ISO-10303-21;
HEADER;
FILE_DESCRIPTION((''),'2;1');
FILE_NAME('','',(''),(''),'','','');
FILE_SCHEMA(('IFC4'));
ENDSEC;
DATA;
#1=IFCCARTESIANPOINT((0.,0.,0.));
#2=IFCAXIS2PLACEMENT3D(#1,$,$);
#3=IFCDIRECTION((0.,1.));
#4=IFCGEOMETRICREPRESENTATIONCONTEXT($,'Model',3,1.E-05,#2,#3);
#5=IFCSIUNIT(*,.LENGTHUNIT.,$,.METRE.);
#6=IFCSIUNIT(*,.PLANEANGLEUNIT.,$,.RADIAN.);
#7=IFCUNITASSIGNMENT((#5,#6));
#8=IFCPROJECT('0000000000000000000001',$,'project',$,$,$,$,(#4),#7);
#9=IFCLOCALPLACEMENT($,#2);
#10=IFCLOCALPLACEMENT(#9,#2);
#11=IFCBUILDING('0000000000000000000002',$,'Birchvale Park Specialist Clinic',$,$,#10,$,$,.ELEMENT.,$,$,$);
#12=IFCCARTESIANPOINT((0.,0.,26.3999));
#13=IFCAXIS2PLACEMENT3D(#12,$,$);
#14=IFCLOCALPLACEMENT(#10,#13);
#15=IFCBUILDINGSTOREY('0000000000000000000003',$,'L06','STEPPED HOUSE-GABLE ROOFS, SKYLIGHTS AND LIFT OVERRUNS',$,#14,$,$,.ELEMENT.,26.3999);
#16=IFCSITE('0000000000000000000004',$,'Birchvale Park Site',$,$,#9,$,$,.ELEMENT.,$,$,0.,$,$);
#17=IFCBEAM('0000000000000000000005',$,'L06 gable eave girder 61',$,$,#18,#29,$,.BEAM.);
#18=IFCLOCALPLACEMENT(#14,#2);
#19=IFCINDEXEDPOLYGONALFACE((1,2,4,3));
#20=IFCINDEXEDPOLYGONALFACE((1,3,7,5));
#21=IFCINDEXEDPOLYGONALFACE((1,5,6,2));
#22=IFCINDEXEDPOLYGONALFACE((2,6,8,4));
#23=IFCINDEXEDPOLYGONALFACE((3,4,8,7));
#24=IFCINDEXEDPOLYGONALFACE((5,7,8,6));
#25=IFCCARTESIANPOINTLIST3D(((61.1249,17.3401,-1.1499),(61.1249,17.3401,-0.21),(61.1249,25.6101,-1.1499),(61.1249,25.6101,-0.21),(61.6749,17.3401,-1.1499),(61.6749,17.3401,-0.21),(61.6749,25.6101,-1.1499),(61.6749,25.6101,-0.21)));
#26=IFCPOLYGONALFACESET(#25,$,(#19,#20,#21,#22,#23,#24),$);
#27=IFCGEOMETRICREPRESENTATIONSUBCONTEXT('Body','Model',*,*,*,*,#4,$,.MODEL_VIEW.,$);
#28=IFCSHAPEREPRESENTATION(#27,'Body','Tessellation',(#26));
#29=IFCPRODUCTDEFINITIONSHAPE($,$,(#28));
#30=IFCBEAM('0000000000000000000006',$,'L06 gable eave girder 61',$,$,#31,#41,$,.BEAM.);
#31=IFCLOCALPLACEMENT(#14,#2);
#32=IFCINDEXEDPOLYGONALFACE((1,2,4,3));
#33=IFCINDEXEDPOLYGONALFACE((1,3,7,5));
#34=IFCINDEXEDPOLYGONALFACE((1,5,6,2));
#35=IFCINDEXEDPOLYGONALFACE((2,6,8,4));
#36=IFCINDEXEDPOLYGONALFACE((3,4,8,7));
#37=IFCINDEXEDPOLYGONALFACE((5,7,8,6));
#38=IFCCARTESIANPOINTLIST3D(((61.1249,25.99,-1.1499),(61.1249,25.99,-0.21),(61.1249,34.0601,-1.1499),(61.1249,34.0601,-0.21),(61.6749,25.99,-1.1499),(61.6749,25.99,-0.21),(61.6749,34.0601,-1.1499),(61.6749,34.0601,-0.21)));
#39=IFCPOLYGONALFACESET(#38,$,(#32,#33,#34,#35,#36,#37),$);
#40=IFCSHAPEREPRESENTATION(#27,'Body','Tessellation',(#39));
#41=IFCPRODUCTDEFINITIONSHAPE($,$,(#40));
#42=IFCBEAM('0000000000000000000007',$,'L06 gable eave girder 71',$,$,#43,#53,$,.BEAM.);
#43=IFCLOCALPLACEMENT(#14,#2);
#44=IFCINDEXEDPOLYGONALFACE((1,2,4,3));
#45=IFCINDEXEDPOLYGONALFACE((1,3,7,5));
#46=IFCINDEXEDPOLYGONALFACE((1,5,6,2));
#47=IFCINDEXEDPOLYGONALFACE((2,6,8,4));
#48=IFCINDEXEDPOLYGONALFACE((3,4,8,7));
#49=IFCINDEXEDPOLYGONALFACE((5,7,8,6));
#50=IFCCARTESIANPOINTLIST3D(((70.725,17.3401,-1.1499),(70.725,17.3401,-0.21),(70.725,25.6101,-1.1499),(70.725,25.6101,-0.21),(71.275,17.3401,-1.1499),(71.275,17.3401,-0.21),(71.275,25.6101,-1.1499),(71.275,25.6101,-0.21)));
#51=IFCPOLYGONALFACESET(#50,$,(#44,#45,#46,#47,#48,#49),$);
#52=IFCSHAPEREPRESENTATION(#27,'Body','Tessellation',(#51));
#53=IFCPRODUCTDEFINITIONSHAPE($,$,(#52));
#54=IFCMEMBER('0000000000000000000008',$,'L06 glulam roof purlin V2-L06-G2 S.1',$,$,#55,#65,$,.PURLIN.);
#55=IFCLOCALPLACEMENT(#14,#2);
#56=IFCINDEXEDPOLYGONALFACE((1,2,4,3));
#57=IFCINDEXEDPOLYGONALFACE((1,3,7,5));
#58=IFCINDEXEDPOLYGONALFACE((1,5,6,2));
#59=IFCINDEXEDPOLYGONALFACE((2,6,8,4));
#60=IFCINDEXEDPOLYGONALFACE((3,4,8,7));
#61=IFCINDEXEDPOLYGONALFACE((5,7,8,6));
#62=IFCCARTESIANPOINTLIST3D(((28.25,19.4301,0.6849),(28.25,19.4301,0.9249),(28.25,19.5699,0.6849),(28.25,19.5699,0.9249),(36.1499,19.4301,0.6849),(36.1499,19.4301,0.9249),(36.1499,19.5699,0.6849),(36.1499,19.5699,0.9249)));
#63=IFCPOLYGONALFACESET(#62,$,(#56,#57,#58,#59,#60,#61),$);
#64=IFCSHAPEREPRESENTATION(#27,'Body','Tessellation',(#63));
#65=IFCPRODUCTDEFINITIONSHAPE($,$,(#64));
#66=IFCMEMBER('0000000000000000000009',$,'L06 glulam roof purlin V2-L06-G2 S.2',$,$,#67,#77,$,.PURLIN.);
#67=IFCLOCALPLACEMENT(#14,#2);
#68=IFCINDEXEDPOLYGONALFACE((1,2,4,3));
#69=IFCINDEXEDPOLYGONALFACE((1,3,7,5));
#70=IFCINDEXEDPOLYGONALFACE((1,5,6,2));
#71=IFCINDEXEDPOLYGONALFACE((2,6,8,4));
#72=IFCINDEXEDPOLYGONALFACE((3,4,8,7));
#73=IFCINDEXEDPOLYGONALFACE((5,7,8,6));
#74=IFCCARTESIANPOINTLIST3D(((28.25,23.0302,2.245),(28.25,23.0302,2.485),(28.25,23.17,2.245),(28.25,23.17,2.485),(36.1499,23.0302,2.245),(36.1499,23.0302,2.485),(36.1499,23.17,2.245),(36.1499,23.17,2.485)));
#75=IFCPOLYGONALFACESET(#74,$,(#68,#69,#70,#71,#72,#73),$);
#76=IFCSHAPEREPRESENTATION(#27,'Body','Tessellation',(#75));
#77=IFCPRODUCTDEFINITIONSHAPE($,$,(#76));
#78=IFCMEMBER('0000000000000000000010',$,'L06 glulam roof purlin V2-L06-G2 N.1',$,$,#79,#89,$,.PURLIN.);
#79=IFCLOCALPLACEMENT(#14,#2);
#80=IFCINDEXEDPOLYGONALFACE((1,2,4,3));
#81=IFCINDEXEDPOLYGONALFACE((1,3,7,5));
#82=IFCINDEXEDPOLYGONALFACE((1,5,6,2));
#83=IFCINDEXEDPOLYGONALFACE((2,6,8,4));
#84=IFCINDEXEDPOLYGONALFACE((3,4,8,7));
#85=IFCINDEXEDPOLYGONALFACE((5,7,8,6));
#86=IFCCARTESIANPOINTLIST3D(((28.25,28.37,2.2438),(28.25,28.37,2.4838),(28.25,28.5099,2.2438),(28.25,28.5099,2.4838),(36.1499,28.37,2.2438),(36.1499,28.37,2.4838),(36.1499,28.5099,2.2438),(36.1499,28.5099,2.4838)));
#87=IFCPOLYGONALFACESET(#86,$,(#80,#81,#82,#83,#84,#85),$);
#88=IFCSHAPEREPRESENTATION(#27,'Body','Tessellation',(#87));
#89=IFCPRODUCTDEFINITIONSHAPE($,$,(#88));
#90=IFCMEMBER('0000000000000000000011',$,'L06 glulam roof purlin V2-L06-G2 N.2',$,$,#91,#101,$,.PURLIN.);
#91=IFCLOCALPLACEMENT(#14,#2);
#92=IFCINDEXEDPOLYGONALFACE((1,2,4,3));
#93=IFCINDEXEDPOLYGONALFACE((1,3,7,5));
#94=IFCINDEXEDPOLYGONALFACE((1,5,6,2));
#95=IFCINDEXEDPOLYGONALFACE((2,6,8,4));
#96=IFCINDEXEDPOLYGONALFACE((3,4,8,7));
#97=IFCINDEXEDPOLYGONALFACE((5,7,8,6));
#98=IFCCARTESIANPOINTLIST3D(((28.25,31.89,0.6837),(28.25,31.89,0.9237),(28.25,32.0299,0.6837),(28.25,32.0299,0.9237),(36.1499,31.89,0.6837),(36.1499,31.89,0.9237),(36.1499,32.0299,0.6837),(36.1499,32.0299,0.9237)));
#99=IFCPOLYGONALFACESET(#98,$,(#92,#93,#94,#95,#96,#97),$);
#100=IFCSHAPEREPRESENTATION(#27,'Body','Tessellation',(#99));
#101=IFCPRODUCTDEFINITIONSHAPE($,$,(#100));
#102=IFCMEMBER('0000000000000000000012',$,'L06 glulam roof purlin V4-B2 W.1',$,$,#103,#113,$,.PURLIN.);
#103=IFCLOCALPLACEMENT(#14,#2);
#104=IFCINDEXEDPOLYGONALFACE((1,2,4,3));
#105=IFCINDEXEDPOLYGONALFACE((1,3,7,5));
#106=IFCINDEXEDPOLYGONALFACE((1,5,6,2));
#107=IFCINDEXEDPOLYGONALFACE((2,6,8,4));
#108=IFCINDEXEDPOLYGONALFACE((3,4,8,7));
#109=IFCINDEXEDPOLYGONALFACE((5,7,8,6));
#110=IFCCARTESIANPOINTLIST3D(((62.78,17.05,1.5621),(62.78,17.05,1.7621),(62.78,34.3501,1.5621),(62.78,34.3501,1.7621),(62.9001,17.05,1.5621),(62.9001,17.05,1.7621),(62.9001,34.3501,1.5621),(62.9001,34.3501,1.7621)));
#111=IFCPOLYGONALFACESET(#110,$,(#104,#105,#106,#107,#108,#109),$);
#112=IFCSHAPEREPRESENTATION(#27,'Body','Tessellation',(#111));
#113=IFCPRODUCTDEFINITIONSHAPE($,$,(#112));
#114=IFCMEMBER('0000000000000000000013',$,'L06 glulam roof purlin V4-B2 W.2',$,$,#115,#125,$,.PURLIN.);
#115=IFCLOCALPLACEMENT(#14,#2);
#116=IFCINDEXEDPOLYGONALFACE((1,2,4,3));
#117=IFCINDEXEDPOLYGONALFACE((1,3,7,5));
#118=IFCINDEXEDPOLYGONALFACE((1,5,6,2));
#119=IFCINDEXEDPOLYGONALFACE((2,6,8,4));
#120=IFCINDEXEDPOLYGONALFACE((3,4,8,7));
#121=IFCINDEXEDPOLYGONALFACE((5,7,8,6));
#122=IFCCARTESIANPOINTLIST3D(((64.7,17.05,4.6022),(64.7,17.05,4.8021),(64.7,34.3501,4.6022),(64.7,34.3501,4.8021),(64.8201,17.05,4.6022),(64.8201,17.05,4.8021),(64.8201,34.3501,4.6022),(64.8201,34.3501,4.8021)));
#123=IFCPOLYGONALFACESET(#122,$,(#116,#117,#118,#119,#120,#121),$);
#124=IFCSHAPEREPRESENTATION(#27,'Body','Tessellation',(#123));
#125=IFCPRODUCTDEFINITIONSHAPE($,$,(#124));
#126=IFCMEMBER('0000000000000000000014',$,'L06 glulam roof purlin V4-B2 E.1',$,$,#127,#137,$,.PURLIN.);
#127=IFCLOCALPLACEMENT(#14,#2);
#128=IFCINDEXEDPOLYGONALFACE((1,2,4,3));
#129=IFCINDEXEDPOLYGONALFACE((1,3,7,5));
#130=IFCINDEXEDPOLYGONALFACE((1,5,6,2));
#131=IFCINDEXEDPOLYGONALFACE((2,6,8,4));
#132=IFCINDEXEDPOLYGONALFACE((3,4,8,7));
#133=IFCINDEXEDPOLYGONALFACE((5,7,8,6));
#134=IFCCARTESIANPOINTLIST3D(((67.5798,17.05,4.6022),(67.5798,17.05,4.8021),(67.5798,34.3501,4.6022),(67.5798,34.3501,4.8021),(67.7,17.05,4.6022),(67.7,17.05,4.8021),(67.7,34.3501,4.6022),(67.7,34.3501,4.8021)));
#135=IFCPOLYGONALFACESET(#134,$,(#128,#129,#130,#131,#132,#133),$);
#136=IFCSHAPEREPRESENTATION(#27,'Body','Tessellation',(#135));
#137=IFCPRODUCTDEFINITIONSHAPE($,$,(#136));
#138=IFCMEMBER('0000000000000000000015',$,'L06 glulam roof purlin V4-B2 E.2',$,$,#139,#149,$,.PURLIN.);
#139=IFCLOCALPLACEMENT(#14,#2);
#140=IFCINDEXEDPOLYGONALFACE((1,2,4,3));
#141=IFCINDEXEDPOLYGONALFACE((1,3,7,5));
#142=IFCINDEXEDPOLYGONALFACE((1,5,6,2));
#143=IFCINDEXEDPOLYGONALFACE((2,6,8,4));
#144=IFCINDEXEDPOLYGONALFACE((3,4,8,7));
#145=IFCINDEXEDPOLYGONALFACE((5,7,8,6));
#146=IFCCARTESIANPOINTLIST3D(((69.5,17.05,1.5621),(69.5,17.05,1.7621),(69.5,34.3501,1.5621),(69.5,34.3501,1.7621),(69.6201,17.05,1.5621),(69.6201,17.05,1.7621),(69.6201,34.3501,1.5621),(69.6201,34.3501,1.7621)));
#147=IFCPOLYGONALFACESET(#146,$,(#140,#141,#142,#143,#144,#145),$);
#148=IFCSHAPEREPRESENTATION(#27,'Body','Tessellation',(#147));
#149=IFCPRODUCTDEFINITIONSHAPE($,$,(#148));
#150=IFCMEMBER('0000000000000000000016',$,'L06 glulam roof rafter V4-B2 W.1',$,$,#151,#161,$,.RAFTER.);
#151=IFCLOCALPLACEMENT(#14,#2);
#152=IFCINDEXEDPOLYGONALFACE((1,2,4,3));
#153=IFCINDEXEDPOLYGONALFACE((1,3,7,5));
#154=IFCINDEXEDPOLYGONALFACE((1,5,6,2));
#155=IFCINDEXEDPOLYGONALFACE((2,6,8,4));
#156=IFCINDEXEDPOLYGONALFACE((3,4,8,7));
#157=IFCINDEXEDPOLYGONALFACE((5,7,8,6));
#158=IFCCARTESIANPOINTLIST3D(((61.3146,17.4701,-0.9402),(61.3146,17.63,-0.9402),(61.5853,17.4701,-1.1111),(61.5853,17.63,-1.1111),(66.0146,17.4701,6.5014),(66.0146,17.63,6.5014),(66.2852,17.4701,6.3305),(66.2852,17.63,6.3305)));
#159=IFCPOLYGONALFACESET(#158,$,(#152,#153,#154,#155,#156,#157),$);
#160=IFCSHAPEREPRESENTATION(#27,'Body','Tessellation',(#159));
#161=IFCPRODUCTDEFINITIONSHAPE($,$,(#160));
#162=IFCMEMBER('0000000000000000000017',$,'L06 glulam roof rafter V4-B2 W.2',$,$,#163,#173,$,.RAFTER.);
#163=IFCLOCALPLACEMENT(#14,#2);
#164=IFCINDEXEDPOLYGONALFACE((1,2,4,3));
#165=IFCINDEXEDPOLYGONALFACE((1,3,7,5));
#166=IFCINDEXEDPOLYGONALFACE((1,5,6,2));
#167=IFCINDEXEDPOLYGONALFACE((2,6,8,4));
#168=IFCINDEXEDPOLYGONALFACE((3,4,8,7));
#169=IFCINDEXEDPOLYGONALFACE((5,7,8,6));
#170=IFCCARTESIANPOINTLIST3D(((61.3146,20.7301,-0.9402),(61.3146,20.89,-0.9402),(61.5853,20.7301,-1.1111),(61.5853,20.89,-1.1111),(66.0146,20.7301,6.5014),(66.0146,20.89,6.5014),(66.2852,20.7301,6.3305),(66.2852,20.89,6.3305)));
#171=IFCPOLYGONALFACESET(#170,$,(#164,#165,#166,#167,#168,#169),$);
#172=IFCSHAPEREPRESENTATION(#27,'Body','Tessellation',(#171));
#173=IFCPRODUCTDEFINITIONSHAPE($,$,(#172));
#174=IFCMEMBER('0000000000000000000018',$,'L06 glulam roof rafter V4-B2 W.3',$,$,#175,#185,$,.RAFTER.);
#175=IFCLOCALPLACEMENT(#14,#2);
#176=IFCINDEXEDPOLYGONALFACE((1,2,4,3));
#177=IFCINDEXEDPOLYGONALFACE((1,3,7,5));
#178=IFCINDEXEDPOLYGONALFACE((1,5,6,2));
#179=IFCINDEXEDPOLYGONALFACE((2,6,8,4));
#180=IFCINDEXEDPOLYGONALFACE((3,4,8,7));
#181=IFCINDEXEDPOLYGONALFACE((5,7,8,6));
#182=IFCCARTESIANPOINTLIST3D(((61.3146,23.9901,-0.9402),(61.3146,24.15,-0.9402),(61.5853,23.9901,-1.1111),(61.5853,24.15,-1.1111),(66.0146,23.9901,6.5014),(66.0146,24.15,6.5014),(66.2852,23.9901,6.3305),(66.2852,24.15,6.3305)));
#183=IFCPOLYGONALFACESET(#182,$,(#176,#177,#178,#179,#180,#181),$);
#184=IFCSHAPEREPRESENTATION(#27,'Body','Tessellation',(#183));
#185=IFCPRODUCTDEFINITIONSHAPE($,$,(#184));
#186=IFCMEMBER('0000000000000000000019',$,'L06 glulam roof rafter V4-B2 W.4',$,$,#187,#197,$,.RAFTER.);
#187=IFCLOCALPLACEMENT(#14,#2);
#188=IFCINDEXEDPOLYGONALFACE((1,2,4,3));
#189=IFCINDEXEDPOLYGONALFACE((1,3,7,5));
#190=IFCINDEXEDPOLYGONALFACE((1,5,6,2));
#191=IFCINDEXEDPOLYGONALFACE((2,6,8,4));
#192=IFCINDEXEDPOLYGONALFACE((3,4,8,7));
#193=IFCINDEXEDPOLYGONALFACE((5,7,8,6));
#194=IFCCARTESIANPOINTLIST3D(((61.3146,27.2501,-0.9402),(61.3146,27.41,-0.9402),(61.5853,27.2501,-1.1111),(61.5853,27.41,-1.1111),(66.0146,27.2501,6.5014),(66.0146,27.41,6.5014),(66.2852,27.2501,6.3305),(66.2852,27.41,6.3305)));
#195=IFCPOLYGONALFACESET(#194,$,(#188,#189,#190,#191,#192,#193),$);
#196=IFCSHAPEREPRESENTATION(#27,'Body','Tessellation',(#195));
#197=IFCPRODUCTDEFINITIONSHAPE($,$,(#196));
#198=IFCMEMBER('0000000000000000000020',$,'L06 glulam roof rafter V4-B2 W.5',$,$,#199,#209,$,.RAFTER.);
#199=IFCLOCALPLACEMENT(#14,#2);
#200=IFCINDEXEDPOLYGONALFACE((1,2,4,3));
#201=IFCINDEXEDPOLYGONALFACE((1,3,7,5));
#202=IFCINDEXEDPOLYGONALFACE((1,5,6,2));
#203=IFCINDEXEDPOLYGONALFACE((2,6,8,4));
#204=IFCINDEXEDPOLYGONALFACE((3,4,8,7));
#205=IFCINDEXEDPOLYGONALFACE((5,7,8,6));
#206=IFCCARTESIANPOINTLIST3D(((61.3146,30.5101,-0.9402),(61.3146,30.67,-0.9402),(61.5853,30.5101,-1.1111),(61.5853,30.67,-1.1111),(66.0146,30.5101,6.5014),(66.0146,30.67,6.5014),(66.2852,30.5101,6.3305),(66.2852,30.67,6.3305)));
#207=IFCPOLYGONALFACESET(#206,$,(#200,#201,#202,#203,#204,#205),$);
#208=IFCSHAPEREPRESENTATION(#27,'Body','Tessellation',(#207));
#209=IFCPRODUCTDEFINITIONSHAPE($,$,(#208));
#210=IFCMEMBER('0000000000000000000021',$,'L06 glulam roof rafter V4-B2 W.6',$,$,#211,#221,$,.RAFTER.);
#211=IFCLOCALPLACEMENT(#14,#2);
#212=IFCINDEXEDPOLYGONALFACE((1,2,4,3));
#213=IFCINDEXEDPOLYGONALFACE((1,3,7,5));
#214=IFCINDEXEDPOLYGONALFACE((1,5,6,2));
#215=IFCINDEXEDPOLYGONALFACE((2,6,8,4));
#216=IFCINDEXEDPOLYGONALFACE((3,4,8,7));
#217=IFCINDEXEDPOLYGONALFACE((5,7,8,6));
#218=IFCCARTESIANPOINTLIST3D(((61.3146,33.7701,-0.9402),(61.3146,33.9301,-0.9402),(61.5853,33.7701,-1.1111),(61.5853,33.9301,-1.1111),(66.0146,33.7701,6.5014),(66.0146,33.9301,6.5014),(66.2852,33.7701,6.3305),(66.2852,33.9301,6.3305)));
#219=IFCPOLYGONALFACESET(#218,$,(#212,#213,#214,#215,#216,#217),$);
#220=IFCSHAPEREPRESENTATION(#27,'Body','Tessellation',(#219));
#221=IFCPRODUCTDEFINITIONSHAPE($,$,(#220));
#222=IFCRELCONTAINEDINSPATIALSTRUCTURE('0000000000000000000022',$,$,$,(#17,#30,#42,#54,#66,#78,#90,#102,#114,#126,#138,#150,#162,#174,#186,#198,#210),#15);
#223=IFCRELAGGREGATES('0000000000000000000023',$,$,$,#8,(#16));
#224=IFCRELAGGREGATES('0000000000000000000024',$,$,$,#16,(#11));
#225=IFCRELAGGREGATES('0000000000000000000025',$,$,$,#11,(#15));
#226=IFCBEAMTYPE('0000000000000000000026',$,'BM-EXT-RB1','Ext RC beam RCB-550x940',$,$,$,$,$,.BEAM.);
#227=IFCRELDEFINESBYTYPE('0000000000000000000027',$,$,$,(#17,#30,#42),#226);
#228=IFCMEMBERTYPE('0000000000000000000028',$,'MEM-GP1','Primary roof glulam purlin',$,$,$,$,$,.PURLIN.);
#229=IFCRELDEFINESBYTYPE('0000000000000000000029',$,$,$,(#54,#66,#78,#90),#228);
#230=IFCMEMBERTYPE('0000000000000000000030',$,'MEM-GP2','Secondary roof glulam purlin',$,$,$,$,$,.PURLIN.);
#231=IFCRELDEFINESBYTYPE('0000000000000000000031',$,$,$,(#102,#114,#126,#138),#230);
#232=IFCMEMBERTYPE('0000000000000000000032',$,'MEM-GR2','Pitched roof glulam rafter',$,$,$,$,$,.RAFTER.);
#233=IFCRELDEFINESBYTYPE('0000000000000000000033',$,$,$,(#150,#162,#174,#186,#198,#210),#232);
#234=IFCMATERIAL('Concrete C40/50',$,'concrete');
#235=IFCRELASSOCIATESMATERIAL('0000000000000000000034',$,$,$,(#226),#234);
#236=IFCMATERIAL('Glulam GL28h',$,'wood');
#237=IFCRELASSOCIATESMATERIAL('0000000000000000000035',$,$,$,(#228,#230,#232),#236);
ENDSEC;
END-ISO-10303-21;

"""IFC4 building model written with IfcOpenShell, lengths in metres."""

from ifc_helpers import new_model, si_unit, direction, frame, origin, origin_2d, place, context, subcontext, project, spatial, rectangle, extrude, material, material_profile, profile_set, type_object, element, save


model = new_model("IFC4")

# Units and contexts
model_context = context("Model", 3, precision=1e-05, world=origin(), true_north=direction((0.0, 1.0)))
body_context = subcontext(model_context, "Body", "Model", "MODEL_VIEW")
ifc_project = project(units=[si_unit("LENGTHUNIT", "METRE"), si_unit("PLANEANGLEUNIT", "RADIAN")], contexts=[model_context])

# Site, building, storey
site_placement = place(None, origin())
site = spatial("IfcSite", under=ifc_project, at=site_placement, Name="Birchvale Park Site", CompositionType="ELEMENT", RefElevation=0.0)
building_placement = place(site_placement, origin())
building = spatial("IfcBuilding", under=site, at=building_placement, Name="Birchvale Park Specialist Clinic", CompositionType="ELEMENT")
storey_placement = place(building_placement, frame((0.0, 0.0, 26.3999)))
storey = spatial("IfcBuildingStorey", under=building, at=storey_placement, Name="L06", Description="STEPPED HOUSE-GABLE ROOFS, SKYLIGHTS AND LIFT OVERRUNS", CompositionType="ELEMENT", Elevation=26.3999)

# Beams
ifc_material_1 = material(Name="Concrete C40/50", Category="concrete")
ifc_material_profile_1 = material_profile(ifc_material_1, rectangle(XDim=0.55, YDim=0.9399, at=origin_2d()), Name="RCB-550x940")
ifc_profile_set_1 = profile_set([ifc_material_profile_1], Name="Concrete C40/50")
beam_type_1 = type_object("IfcBeamType", Name="BM-EXT-RB1", Description="Ext RC beam RCB-550x940", PredefinedType="BEAM", material=ifc_profile_set_1)
beam_1_placement = place(storey_placement, frame((61.3999, 17.3401, -0.6799), z_axis=(0.0, 1.0, 0.0), x_axis=(-1.0, 0.0, 0.0)))
element("IfcBeam", 1, at=beam_1_placement, inside=storey, type_object=beam_type_1, Name="L06 gable eave girder 61", PredefinedType="BEAM", context=body_context, shape_type="SweptSolid", body=[
    extrude(rectangle(XDim=0.55, YDim=0.9399, at=origin_2d()), origin(), (0.0, 0.0, 1.0), 8.27),
])
beam_2_placement = place(storey_placement, frame((61.3999, 25.99, -0.6799), z_axis=(0.0, 1.0, 0.0), x_axis=(-1.0, 0.0, 0.0)))
element("IfcBeam", 2, at=beam_2_placement, inside=storey, type_object=beam_type_1, Name="L06 gable eave girder 61", PredefinedType="BEAM", context=body_context, shape_type="SweptSolid", body=[
    extrude(rectangle(XDim=0.55, YDim=0.9399, at=origin_2d()), origin(), (0.0, 0.0, 1.0), 8.0701),
])
beam_3_placement = place(storey_placement, frame((71.0, 17.3401, -0.6799), z_axis=(0.0, 1.0, 0.0), x_axis=(-1.0, 0.0, 0.0)))
element("IfcBeam", 3, at=beam_3_placement, inside=storey, type_object=beam_type_1, Name="L06 gable eave girder 71", PredefinedType="BEAM", context=body_context, shape_type="SweptSolid", body=[
    extrude(rectangle(XDim=0.55, YDim=0.9399, at=origin_2d()), origin(), (0.0, 0.0, 1.0), 8.27),
])

# Members
ifc_material_2 = material(Name="Glulam GL28h", Category="wood")
ifc_material_profile_2 = material_profile(ifc_material_2, rectangle(XDim=0.1399, YDim=0.24, at=origin_2d()), Name="GL-140x240")
ifc_profile_set_2 = profile_set([ifc_material_profile_2], Name="Glulam GL28h")
member_type_1 = type_object("IfcMemberType", Name="MEM-GP1", Description="Primary roof glulam purlin", PredefinedType="PURLIN", material=ifc_profile_set_2)
for number, where, z_axis, x_axis, name in (
    (4, (28.25, 19.5, 0.8049), (1.0, 0.0, 0.0), (0.0, 1.0, 0.0), "L06 glulam roof purlin V2-L06-G2 S.1"),
    (5, (28.25, 23.1001, 2.365), (1.0, 0.0, 0.0), (0.0, 1.0, 0.0), "L06 glulam roof purlin V2-L06-G2 S.2"),
    (6, (28.25, 28.4399, 2.3638), (1.0, 0.0, 0.0), (0.0, 1.0, 0.0), "L06 glulam roof purlin V2-L06-G2 N.1"),
    (7, (28.25, 31.96, 0.8037), (1.0, 0.0, 0.0), (0.0, 1.0, 0.0), "L06 glulam roof purlin V2-L06-G2 N.2"),
):
    element("IfcMember", number, at=place(storey_placement, frame(where, z_axis=z_axis, x_axis=x_axis)), inside=storey, type_object=member_type_1, Name=name, PredefinedType="PURLIN", context=body_context, shape_type="SweptSolid", body=[
        extrude(rectangle(XDim=0.1399, YDim=0.24, at=origin_2d()), origin(), (0.0, 0.0, 1.0), 7.8999),
    ])
ifc_material_profile_3 = material_profile(ifc_material_2, rectangle(XDim=0.1201, YDim=0.2, at=origin_2d()), Name="GL-120x200")
ifc_profile_set_3 = profile_set([ifc_material_profile_3], Name="Glulam GL28h")
member_type_2 = type_object("IfcMemberType", Name="MEM-GP2", Description="Secondary roof glulam purlin", PredefinedType="PURLIN", material=ifc_profile_set_3)
for number, where, z_axis, x_axis, name in (
    (8, (62.8401, 17.05, 1.6621), (0.0, 1.0, 0.0), (-1.0, 0.0, 0.0), "L06 glulam roof purlin V4-B2 W.1"),
    (9, (64.76, 17.05, 4.7021), (0.0, 1.0, 0.0), (-1.0, 0.0, 0.0), "L06 glulam roof purlin V4-B2 W.2"),
    (10, (67.6399, 17.05, 4.7021), (0.0, 1.0, 0.0), (-1.0, 0.0, 0.0), "L06 glulam roof purlin V4-B2 E.1"),
    (11, (69.5601, 17.05, 1.6621), (0.0, 1.0, 0.0), (-1.0, 0.0, 0.0), "L06 glulam roof purlin V4-B2 E.2"),
):
    element("IfcMember", number, at=place(storey_placement, frame(where, z_axis=z_axis, x_axis=x_axis)), inside=storey, type_object=member_type_2, Name=name, PredefinedType="PURLIN", context=body_context, shape_type="SweptSolid", body=[
        extrude(rectangle(XDim=0.1201, YDim=0.2, at=origin_2d()), origin(), (0.0, 0.0, 1.0), 17.3),
    ])
ifc_material_profile_4 = material_profile(ifc_material_2, rectangle(XDim=0.1599, YDim=0.3201, at=origin_2d()), Name="GL-160x320")
ifc_profile_set_4 = profile_set([ifc_material_profile_4], Name="Glulam GL28h")
member_type_3 = type_object("IfcMemberType", Name="MEM-GR2", Description="Pitched roof glulam rafter", PredefinedType="RAFTER", material=ifc_profile_set_4)
for number, where, z_axis, x_axis, name in (
    (12, (61.45, 17.55, -1.0256), (0.53399, 0.0, 0.845491), (0.0, 1.0, 0.0), "L06 glulam roof rafter V4-B2 W.1"),
    (13, (61.45, 20.8101, -1.0256), (0.53399, 0.0, 0.845491), (0.0, 1.0, 0.0), "L06 glulam roof rafter V4-B2 W.2"),
    (14, (61.45, 24.0701, -1.0256), (0.53399, 0.0, 0.845491), (0.0, 1.0, 0.0), "L06 glulam roof rafter V4-B2 W.3"),
    (15, (61.45, 27.3301, -1.0256), (0.53399, 0.0, 0.845491), (0.0, 1.0, 0.0), "L06 glulam roof rafter V4-B2 W.4"),
    (16, (61.45, 30.5901, -1.0256), (0.53399, 0.0, 0.845491), (0.0, 1.0, 0.0), "L06 glulam roof rafter V4-B2 W.5"),
    (17, (61.45, 33.8501, -1.0256), (0.53399, 0.0, 0.845491), (0.0, 1.0, 0.0), "L06 glulam roof rafter V4-B2 W.6"),
):
    element("IfcMember", number, at=place(storey_placement, frame(where, z_axis=z_axis, x_axis=x_axis)), inside=storey, type_object=member_type_3, Name=name, PredefinedType="RAFTER", context=body_context, shape_type="SweptSolid", body=[
        extrude(rectangle(XDim=0.1599, YDim=0.3201, at=origin_2d()), origin(), (0.0, 0.0, 1.0), 8.8015),
    ])

save(model, "model.ifc")
